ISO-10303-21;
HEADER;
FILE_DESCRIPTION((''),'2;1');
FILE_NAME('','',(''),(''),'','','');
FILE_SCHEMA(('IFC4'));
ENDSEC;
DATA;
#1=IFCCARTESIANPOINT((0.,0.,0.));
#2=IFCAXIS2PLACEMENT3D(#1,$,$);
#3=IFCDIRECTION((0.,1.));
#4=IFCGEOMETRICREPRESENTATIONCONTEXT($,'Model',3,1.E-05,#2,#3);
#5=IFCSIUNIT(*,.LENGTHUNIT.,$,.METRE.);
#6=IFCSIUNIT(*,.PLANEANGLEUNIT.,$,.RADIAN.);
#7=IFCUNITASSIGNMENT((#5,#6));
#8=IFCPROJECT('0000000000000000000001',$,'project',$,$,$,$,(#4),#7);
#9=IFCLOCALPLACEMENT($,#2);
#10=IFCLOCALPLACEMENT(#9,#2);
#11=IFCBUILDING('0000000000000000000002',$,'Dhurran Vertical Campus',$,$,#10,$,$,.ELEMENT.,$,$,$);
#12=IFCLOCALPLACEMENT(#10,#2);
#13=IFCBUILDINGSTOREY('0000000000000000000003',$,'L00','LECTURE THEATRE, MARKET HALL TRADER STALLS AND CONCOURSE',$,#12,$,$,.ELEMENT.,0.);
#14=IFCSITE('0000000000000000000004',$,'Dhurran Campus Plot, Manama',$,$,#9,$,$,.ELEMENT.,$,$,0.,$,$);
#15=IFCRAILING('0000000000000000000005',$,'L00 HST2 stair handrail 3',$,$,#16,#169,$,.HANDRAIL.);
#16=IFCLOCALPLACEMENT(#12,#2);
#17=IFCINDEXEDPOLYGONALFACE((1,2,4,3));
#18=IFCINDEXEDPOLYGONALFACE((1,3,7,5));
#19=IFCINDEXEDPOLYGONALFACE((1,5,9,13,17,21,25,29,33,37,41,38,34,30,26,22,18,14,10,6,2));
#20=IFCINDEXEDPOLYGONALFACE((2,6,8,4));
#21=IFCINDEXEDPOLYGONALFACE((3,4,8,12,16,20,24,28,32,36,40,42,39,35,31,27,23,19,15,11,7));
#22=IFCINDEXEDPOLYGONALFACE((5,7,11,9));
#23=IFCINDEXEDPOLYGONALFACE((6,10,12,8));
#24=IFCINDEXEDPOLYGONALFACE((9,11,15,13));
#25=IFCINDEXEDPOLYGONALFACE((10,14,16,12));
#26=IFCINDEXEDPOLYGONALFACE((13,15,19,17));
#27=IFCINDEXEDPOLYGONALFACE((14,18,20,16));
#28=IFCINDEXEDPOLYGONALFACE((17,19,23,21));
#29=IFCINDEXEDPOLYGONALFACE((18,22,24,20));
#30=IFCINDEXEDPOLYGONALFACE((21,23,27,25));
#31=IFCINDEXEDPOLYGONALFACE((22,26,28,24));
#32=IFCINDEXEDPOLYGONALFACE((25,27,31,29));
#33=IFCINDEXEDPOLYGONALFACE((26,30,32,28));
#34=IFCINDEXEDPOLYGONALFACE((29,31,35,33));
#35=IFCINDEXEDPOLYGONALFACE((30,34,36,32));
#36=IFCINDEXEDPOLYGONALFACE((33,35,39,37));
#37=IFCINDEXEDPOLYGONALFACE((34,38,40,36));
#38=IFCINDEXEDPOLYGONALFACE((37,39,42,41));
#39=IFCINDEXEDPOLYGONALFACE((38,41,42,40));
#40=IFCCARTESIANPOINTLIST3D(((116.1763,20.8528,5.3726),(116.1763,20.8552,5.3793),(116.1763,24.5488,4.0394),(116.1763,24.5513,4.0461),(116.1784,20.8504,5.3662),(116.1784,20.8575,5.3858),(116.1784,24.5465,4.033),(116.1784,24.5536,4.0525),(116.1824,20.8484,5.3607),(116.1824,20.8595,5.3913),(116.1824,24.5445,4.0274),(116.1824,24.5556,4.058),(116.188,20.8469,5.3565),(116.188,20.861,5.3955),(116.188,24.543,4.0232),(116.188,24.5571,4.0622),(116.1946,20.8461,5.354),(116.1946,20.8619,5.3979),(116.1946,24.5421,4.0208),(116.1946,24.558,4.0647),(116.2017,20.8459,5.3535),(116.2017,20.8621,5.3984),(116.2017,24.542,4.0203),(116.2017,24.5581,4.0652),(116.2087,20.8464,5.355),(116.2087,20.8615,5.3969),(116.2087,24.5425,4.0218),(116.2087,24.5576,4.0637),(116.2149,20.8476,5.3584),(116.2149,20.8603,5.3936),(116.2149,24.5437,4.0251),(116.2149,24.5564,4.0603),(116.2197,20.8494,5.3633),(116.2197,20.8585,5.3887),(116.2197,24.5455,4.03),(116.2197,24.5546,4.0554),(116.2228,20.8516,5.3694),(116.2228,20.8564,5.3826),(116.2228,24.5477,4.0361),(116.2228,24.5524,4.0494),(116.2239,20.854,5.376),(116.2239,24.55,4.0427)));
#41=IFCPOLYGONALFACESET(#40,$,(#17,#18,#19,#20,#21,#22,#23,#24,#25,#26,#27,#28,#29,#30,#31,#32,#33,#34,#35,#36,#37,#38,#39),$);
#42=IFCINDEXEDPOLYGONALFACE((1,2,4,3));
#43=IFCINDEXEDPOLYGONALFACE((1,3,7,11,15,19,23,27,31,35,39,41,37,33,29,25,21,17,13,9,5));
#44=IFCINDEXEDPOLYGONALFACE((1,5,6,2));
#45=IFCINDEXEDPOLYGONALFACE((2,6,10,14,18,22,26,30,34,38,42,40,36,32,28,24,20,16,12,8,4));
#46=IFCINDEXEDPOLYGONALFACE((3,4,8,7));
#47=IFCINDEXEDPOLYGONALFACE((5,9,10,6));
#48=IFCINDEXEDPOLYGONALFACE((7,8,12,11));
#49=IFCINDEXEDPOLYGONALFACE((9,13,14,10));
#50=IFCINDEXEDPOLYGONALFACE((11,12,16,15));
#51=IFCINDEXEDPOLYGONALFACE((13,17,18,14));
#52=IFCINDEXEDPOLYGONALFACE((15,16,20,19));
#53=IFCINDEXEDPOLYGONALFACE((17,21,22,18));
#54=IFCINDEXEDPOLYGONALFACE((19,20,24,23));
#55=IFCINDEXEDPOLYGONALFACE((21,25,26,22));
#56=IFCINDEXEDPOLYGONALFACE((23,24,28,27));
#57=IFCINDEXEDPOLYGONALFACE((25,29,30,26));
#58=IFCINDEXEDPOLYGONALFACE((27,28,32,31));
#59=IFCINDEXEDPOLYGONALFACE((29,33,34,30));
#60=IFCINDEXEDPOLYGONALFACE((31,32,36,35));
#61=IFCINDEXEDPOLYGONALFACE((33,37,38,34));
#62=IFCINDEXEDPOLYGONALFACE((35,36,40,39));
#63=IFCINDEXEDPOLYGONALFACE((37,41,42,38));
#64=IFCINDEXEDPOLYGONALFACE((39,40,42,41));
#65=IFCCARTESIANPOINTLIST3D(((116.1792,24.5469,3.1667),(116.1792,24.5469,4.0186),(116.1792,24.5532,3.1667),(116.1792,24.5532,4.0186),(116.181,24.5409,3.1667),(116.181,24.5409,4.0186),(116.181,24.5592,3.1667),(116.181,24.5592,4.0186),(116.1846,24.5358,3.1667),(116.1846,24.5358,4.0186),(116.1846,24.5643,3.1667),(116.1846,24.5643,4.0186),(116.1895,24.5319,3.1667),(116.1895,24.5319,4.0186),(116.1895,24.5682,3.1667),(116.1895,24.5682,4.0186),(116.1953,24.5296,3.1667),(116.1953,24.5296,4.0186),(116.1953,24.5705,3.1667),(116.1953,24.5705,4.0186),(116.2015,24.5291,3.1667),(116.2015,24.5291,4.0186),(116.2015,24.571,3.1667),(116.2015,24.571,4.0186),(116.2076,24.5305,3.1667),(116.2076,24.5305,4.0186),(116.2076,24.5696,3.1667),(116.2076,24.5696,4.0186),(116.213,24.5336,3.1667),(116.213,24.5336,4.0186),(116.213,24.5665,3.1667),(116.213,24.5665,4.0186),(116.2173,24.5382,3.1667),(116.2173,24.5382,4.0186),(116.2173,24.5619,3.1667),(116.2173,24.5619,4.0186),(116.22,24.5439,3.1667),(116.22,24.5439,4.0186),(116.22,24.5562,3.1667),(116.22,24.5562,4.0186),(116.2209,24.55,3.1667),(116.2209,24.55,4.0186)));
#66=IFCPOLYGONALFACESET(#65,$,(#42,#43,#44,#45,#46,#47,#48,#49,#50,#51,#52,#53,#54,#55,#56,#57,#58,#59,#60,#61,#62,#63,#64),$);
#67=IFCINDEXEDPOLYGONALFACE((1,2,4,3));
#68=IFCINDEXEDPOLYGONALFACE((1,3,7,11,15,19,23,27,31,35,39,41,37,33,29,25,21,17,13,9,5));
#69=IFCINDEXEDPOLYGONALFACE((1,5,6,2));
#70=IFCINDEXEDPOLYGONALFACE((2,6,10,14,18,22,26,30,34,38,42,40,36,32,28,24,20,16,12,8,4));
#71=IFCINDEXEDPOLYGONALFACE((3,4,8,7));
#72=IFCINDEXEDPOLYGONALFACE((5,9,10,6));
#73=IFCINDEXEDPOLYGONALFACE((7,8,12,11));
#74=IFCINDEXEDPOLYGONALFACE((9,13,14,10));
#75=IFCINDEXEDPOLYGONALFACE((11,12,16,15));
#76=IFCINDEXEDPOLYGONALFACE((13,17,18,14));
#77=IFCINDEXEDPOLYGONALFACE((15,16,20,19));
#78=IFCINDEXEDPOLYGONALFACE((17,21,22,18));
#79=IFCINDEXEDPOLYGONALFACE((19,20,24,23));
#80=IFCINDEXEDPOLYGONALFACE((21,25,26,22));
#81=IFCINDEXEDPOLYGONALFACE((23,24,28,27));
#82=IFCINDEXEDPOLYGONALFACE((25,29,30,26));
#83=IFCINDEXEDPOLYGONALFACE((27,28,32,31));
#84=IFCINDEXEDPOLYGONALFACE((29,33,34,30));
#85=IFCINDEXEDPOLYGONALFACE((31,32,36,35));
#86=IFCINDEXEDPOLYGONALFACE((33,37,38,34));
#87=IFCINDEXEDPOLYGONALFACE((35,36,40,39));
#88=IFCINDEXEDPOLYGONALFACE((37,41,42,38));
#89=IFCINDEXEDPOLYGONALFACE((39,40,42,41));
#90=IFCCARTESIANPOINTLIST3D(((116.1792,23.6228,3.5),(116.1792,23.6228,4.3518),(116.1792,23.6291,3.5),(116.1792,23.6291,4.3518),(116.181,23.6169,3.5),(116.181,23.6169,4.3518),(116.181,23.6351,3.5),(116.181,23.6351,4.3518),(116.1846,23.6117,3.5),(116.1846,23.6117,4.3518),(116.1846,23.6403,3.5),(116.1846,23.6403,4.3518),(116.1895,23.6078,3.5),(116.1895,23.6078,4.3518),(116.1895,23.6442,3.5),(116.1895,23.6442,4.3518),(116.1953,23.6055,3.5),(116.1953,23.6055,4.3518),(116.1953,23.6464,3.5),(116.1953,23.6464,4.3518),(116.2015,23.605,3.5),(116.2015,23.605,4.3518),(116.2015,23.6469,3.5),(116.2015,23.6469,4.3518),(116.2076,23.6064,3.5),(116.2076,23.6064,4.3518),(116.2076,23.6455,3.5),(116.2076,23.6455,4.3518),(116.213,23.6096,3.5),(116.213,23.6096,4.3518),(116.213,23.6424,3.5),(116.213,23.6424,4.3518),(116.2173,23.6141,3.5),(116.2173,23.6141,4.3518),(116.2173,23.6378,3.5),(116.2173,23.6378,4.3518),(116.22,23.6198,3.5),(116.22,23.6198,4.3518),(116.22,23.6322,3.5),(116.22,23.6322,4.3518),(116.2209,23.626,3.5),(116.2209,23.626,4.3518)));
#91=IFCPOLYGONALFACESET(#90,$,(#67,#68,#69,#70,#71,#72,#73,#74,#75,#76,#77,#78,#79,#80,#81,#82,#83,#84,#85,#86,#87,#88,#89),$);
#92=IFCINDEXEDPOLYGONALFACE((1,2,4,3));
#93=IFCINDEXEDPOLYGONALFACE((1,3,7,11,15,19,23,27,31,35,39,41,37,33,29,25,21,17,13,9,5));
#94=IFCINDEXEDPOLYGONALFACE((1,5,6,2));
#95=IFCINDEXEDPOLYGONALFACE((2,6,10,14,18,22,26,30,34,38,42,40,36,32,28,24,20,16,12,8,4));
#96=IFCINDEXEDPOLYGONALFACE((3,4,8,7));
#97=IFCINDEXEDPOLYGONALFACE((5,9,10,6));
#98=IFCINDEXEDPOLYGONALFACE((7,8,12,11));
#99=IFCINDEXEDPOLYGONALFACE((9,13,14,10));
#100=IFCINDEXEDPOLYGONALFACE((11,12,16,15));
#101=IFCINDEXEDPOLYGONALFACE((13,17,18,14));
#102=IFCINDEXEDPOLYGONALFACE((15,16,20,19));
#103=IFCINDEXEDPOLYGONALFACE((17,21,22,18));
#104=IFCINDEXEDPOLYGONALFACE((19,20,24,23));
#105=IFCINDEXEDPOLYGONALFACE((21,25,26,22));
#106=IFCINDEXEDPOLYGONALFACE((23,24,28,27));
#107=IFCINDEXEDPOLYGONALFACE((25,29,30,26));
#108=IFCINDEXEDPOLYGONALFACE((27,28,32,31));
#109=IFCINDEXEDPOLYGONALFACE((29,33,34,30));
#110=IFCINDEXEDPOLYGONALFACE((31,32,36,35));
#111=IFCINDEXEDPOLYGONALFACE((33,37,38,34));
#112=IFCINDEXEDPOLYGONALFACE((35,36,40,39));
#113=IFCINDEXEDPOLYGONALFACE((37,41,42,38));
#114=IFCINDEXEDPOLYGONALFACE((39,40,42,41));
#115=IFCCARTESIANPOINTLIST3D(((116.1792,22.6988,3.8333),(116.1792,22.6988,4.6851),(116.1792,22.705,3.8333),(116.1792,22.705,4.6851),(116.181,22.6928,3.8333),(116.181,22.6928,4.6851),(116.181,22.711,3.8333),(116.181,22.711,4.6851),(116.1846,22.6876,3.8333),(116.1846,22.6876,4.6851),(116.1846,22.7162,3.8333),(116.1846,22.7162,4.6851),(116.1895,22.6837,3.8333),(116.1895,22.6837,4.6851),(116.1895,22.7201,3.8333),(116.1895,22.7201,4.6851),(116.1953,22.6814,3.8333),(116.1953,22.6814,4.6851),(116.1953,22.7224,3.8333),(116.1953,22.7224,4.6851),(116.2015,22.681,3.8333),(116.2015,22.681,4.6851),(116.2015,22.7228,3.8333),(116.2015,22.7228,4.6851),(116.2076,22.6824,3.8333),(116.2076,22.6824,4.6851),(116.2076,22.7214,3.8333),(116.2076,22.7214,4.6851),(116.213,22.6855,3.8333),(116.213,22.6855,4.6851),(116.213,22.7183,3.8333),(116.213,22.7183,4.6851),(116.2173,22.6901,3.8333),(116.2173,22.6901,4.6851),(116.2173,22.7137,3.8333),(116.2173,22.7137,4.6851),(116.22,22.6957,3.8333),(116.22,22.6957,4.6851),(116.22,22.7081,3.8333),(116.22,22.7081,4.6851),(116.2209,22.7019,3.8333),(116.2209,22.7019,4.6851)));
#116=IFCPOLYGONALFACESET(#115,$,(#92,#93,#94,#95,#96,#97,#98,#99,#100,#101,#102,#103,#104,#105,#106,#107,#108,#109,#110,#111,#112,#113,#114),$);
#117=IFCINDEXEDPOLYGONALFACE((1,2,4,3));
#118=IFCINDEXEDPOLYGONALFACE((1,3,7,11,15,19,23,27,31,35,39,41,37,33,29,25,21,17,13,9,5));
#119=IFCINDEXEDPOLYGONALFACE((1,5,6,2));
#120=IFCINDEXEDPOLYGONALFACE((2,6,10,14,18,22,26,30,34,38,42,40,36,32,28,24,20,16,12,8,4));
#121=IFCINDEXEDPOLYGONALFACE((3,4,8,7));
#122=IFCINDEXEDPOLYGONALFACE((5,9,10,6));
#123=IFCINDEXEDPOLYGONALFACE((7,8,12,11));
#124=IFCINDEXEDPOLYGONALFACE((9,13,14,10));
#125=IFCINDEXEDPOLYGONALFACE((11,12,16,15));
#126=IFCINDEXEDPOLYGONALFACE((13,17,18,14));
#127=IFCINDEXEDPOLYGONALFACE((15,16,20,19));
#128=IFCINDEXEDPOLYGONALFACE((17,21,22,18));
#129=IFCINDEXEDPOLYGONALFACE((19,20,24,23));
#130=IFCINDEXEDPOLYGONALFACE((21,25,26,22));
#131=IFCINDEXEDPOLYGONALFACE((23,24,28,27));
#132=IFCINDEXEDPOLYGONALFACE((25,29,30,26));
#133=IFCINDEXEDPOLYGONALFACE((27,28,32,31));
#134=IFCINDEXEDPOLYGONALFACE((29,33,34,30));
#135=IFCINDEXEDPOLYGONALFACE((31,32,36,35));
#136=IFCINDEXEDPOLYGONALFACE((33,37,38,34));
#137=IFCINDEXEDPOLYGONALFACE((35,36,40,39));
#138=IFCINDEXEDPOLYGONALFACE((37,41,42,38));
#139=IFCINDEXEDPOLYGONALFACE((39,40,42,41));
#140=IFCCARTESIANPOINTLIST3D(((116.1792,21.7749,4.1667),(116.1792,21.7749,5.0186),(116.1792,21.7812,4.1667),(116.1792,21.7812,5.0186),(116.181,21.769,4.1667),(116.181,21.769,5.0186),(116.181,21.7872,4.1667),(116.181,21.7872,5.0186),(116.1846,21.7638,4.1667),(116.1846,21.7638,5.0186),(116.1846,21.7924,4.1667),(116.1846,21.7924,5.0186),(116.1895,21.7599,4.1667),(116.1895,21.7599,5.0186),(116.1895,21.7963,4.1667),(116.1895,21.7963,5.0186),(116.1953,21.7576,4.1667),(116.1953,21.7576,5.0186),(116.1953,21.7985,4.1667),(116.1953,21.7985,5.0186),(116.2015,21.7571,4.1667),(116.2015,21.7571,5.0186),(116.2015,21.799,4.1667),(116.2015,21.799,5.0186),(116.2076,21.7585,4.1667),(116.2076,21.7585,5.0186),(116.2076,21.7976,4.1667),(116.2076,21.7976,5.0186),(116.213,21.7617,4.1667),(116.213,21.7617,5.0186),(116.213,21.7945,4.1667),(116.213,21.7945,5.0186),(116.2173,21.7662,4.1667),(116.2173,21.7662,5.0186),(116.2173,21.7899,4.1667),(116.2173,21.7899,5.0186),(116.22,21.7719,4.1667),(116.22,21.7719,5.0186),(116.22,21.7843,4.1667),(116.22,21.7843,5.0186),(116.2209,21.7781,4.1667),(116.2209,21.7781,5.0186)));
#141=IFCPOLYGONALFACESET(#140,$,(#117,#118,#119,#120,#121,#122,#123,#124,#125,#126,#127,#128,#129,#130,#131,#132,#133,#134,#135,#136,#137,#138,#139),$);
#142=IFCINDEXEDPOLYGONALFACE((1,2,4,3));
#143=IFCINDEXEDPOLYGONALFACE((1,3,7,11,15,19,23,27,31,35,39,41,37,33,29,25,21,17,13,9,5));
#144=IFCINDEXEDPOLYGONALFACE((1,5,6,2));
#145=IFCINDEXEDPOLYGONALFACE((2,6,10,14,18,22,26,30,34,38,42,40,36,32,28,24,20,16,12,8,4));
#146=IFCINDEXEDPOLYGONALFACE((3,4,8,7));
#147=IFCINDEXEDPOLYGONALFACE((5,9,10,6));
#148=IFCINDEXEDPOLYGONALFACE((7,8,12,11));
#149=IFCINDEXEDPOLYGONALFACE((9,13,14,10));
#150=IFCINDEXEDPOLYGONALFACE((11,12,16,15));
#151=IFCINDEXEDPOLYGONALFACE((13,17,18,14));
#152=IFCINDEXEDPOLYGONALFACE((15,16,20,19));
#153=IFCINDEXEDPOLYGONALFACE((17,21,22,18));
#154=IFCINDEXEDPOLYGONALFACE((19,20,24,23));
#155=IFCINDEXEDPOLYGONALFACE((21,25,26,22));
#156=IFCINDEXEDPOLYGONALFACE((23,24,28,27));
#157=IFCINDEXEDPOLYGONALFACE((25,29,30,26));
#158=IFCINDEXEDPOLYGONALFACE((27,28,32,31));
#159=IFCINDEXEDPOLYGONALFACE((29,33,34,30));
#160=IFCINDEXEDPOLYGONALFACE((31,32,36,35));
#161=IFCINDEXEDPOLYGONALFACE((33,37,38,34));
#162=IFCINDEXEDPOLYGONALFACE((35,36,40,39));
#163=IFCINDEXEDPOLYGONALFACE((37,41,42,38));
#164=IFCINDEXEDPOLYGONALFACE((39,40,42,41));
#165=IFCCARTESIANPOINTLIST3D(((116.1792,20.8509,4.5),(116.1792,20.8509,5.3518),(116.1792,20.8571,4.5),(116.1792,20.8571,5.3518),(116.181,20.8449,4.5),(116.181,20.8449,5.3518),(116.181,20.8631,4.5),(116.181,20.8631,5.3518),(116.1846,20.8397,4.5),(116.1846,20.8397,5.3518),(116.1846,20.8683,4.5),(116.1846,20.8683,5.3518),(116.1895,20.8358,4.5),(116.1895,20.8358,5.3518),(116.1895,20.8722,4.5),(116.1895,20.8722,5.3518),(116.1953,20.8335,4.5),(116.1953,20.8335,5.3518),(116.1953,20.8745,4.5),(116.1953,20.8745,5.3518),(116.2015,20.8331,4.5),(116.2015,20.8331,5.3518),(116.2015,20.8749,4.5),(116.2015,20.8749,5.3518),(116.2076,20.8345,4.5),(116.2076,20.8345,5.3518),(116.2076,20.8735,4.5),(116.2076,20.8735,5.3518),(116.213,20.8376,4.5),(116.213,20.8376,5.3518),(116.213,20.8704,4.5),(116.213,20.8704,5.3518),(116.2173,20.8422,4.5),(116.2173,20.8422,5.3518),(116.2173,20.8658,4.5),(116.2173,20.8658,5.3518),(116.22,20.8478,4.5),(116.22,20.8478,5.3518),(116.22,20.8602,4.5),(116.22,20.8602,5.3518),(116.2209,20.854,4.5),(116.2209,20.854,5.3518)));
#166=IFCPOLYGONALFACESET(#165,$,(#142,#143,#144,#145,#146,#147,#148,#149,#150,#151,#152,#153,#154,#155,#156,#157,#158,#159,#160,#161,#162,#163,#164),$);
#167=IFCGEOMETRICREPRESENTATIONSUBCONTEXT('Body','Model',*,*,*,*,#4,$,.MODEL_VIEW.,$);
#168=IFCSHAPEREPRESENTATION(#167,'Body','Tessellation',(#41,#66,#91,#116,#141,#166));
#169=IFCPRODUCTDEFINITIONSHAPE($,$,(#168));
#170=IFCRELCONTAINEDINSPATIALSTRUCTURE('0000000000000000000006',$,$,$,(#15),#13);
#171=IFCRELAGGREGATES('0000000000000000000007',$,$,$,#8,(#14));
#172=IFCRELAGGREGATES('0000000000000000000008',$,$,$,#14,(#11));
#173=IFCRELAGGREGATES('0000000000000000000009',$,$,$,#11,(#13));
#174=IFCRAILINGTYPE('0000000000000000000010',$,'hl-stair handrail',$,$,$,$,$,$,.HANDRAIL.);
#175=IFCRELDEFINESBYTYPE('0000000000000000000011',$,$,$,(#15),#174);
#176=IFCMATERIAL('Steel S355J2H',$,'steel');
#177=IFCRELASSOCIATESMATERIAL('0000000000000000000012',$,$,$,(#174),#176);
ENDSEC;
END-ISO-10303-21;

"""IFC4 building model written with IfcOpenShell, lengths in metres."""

from ifc_helpers import new_model, si_unit, direction, frame, origin, origin_2d, place, context, subcontext, project, spatial, circle, extrude, material, type_object, element, save


model = new_model("IFC4")

# Units and contexts
model_context = context("Model", 3, precision=1e-05, world=origin(), true_north=direction((0.0, 1.0)))
body_context = subcontext(model_context, "Body", "Model", "MODEL_VIEW")
ifc_project = project(units=[si_unit("LENGTHUNIT", "METRE"), si_unit("PLANEANGLEUNIT", "RADIAN")], contexts=[model_context])

# Site, building, storey
site_placement = place(None, origin())
site = spatial("IfcSite", under=ifc_project, at=site_placement, Name="Dhurran Campus Plot, Manama", CompositionType="ELEMENT", RefElevation=0.0)
building_placement = place(site_placement, origin())
building = spatial("IfcBuilding", under=site, at=building_placement, Name="Dhurran Vertical Campus", CompositionType="ELEMENT")
storey_placement = place(building_placement, origin())
storey = spatial("IfcBuildingStorey", under=building, at=storey_placement, Name="L00", Description="LECTURE THEATRE, MARKET HALL TRADER STALLS AND CONCOURSE", CompositionType="ELEMENT", Elevation=0.0)

# Railing
ifc_material_1 = material(Name="Steel S355J2H", Category="steel")
railing_type_1 = type_object("IfcRailingType", Name="hl-stair handrail", PredefinedType="HANDRAIL", material=ifc_material_1)
railing_1_placement = place(storey_placement, frame((116.2, 24.55, 3.1667)))
element("IfcRailing", 1, at=railing_1_placement, inside=storey, type_object=railing_type_1, Name="L00 HST2 stair handrail 3", PredefinedType="HANDRAIL", context=body_context, shape_type="SweptSolid", body=[
    extrude(circle(Radius=0.0239, at=origin_2d()), frame((0.0, 0.0, 0.876), z_axis=(0.0, -0.94067, 0.339322), x_axis=(1.0, 0.0, 0.0)), (0.0, 0.0, 1.0), 3.9292),
    extrude(circle(Radius=0.021, at=origin_2d()), origin(), (0.0, 0.0, 1.0), 0.8518),
    extrude(circle(Radius=0.021, at=origin_2d()), frame((0.0, -0.9241, 0.3333)), (0.0, 0.0, 1.0), 0.8518),
    extrude(circle(Radius=0.021, at=origin_2d()), frame((0.0, -1.8481, 0.6665)), (0.0, 0.0, 1.0), 0.8518),
    extrude(circle(Radius=0.021, at=origin_2d()), frame((0.0, -2.772, 1.0)), (0.0, 0.0, 1.0), 0.8518),
    extrude(circle(Radius=0.021, at=origin_2d()), frame((0.0, -3.696, 1.3333)), (0.0, 0.0, 1.0), 0.8518),
])

save(model, "model.ifc")
